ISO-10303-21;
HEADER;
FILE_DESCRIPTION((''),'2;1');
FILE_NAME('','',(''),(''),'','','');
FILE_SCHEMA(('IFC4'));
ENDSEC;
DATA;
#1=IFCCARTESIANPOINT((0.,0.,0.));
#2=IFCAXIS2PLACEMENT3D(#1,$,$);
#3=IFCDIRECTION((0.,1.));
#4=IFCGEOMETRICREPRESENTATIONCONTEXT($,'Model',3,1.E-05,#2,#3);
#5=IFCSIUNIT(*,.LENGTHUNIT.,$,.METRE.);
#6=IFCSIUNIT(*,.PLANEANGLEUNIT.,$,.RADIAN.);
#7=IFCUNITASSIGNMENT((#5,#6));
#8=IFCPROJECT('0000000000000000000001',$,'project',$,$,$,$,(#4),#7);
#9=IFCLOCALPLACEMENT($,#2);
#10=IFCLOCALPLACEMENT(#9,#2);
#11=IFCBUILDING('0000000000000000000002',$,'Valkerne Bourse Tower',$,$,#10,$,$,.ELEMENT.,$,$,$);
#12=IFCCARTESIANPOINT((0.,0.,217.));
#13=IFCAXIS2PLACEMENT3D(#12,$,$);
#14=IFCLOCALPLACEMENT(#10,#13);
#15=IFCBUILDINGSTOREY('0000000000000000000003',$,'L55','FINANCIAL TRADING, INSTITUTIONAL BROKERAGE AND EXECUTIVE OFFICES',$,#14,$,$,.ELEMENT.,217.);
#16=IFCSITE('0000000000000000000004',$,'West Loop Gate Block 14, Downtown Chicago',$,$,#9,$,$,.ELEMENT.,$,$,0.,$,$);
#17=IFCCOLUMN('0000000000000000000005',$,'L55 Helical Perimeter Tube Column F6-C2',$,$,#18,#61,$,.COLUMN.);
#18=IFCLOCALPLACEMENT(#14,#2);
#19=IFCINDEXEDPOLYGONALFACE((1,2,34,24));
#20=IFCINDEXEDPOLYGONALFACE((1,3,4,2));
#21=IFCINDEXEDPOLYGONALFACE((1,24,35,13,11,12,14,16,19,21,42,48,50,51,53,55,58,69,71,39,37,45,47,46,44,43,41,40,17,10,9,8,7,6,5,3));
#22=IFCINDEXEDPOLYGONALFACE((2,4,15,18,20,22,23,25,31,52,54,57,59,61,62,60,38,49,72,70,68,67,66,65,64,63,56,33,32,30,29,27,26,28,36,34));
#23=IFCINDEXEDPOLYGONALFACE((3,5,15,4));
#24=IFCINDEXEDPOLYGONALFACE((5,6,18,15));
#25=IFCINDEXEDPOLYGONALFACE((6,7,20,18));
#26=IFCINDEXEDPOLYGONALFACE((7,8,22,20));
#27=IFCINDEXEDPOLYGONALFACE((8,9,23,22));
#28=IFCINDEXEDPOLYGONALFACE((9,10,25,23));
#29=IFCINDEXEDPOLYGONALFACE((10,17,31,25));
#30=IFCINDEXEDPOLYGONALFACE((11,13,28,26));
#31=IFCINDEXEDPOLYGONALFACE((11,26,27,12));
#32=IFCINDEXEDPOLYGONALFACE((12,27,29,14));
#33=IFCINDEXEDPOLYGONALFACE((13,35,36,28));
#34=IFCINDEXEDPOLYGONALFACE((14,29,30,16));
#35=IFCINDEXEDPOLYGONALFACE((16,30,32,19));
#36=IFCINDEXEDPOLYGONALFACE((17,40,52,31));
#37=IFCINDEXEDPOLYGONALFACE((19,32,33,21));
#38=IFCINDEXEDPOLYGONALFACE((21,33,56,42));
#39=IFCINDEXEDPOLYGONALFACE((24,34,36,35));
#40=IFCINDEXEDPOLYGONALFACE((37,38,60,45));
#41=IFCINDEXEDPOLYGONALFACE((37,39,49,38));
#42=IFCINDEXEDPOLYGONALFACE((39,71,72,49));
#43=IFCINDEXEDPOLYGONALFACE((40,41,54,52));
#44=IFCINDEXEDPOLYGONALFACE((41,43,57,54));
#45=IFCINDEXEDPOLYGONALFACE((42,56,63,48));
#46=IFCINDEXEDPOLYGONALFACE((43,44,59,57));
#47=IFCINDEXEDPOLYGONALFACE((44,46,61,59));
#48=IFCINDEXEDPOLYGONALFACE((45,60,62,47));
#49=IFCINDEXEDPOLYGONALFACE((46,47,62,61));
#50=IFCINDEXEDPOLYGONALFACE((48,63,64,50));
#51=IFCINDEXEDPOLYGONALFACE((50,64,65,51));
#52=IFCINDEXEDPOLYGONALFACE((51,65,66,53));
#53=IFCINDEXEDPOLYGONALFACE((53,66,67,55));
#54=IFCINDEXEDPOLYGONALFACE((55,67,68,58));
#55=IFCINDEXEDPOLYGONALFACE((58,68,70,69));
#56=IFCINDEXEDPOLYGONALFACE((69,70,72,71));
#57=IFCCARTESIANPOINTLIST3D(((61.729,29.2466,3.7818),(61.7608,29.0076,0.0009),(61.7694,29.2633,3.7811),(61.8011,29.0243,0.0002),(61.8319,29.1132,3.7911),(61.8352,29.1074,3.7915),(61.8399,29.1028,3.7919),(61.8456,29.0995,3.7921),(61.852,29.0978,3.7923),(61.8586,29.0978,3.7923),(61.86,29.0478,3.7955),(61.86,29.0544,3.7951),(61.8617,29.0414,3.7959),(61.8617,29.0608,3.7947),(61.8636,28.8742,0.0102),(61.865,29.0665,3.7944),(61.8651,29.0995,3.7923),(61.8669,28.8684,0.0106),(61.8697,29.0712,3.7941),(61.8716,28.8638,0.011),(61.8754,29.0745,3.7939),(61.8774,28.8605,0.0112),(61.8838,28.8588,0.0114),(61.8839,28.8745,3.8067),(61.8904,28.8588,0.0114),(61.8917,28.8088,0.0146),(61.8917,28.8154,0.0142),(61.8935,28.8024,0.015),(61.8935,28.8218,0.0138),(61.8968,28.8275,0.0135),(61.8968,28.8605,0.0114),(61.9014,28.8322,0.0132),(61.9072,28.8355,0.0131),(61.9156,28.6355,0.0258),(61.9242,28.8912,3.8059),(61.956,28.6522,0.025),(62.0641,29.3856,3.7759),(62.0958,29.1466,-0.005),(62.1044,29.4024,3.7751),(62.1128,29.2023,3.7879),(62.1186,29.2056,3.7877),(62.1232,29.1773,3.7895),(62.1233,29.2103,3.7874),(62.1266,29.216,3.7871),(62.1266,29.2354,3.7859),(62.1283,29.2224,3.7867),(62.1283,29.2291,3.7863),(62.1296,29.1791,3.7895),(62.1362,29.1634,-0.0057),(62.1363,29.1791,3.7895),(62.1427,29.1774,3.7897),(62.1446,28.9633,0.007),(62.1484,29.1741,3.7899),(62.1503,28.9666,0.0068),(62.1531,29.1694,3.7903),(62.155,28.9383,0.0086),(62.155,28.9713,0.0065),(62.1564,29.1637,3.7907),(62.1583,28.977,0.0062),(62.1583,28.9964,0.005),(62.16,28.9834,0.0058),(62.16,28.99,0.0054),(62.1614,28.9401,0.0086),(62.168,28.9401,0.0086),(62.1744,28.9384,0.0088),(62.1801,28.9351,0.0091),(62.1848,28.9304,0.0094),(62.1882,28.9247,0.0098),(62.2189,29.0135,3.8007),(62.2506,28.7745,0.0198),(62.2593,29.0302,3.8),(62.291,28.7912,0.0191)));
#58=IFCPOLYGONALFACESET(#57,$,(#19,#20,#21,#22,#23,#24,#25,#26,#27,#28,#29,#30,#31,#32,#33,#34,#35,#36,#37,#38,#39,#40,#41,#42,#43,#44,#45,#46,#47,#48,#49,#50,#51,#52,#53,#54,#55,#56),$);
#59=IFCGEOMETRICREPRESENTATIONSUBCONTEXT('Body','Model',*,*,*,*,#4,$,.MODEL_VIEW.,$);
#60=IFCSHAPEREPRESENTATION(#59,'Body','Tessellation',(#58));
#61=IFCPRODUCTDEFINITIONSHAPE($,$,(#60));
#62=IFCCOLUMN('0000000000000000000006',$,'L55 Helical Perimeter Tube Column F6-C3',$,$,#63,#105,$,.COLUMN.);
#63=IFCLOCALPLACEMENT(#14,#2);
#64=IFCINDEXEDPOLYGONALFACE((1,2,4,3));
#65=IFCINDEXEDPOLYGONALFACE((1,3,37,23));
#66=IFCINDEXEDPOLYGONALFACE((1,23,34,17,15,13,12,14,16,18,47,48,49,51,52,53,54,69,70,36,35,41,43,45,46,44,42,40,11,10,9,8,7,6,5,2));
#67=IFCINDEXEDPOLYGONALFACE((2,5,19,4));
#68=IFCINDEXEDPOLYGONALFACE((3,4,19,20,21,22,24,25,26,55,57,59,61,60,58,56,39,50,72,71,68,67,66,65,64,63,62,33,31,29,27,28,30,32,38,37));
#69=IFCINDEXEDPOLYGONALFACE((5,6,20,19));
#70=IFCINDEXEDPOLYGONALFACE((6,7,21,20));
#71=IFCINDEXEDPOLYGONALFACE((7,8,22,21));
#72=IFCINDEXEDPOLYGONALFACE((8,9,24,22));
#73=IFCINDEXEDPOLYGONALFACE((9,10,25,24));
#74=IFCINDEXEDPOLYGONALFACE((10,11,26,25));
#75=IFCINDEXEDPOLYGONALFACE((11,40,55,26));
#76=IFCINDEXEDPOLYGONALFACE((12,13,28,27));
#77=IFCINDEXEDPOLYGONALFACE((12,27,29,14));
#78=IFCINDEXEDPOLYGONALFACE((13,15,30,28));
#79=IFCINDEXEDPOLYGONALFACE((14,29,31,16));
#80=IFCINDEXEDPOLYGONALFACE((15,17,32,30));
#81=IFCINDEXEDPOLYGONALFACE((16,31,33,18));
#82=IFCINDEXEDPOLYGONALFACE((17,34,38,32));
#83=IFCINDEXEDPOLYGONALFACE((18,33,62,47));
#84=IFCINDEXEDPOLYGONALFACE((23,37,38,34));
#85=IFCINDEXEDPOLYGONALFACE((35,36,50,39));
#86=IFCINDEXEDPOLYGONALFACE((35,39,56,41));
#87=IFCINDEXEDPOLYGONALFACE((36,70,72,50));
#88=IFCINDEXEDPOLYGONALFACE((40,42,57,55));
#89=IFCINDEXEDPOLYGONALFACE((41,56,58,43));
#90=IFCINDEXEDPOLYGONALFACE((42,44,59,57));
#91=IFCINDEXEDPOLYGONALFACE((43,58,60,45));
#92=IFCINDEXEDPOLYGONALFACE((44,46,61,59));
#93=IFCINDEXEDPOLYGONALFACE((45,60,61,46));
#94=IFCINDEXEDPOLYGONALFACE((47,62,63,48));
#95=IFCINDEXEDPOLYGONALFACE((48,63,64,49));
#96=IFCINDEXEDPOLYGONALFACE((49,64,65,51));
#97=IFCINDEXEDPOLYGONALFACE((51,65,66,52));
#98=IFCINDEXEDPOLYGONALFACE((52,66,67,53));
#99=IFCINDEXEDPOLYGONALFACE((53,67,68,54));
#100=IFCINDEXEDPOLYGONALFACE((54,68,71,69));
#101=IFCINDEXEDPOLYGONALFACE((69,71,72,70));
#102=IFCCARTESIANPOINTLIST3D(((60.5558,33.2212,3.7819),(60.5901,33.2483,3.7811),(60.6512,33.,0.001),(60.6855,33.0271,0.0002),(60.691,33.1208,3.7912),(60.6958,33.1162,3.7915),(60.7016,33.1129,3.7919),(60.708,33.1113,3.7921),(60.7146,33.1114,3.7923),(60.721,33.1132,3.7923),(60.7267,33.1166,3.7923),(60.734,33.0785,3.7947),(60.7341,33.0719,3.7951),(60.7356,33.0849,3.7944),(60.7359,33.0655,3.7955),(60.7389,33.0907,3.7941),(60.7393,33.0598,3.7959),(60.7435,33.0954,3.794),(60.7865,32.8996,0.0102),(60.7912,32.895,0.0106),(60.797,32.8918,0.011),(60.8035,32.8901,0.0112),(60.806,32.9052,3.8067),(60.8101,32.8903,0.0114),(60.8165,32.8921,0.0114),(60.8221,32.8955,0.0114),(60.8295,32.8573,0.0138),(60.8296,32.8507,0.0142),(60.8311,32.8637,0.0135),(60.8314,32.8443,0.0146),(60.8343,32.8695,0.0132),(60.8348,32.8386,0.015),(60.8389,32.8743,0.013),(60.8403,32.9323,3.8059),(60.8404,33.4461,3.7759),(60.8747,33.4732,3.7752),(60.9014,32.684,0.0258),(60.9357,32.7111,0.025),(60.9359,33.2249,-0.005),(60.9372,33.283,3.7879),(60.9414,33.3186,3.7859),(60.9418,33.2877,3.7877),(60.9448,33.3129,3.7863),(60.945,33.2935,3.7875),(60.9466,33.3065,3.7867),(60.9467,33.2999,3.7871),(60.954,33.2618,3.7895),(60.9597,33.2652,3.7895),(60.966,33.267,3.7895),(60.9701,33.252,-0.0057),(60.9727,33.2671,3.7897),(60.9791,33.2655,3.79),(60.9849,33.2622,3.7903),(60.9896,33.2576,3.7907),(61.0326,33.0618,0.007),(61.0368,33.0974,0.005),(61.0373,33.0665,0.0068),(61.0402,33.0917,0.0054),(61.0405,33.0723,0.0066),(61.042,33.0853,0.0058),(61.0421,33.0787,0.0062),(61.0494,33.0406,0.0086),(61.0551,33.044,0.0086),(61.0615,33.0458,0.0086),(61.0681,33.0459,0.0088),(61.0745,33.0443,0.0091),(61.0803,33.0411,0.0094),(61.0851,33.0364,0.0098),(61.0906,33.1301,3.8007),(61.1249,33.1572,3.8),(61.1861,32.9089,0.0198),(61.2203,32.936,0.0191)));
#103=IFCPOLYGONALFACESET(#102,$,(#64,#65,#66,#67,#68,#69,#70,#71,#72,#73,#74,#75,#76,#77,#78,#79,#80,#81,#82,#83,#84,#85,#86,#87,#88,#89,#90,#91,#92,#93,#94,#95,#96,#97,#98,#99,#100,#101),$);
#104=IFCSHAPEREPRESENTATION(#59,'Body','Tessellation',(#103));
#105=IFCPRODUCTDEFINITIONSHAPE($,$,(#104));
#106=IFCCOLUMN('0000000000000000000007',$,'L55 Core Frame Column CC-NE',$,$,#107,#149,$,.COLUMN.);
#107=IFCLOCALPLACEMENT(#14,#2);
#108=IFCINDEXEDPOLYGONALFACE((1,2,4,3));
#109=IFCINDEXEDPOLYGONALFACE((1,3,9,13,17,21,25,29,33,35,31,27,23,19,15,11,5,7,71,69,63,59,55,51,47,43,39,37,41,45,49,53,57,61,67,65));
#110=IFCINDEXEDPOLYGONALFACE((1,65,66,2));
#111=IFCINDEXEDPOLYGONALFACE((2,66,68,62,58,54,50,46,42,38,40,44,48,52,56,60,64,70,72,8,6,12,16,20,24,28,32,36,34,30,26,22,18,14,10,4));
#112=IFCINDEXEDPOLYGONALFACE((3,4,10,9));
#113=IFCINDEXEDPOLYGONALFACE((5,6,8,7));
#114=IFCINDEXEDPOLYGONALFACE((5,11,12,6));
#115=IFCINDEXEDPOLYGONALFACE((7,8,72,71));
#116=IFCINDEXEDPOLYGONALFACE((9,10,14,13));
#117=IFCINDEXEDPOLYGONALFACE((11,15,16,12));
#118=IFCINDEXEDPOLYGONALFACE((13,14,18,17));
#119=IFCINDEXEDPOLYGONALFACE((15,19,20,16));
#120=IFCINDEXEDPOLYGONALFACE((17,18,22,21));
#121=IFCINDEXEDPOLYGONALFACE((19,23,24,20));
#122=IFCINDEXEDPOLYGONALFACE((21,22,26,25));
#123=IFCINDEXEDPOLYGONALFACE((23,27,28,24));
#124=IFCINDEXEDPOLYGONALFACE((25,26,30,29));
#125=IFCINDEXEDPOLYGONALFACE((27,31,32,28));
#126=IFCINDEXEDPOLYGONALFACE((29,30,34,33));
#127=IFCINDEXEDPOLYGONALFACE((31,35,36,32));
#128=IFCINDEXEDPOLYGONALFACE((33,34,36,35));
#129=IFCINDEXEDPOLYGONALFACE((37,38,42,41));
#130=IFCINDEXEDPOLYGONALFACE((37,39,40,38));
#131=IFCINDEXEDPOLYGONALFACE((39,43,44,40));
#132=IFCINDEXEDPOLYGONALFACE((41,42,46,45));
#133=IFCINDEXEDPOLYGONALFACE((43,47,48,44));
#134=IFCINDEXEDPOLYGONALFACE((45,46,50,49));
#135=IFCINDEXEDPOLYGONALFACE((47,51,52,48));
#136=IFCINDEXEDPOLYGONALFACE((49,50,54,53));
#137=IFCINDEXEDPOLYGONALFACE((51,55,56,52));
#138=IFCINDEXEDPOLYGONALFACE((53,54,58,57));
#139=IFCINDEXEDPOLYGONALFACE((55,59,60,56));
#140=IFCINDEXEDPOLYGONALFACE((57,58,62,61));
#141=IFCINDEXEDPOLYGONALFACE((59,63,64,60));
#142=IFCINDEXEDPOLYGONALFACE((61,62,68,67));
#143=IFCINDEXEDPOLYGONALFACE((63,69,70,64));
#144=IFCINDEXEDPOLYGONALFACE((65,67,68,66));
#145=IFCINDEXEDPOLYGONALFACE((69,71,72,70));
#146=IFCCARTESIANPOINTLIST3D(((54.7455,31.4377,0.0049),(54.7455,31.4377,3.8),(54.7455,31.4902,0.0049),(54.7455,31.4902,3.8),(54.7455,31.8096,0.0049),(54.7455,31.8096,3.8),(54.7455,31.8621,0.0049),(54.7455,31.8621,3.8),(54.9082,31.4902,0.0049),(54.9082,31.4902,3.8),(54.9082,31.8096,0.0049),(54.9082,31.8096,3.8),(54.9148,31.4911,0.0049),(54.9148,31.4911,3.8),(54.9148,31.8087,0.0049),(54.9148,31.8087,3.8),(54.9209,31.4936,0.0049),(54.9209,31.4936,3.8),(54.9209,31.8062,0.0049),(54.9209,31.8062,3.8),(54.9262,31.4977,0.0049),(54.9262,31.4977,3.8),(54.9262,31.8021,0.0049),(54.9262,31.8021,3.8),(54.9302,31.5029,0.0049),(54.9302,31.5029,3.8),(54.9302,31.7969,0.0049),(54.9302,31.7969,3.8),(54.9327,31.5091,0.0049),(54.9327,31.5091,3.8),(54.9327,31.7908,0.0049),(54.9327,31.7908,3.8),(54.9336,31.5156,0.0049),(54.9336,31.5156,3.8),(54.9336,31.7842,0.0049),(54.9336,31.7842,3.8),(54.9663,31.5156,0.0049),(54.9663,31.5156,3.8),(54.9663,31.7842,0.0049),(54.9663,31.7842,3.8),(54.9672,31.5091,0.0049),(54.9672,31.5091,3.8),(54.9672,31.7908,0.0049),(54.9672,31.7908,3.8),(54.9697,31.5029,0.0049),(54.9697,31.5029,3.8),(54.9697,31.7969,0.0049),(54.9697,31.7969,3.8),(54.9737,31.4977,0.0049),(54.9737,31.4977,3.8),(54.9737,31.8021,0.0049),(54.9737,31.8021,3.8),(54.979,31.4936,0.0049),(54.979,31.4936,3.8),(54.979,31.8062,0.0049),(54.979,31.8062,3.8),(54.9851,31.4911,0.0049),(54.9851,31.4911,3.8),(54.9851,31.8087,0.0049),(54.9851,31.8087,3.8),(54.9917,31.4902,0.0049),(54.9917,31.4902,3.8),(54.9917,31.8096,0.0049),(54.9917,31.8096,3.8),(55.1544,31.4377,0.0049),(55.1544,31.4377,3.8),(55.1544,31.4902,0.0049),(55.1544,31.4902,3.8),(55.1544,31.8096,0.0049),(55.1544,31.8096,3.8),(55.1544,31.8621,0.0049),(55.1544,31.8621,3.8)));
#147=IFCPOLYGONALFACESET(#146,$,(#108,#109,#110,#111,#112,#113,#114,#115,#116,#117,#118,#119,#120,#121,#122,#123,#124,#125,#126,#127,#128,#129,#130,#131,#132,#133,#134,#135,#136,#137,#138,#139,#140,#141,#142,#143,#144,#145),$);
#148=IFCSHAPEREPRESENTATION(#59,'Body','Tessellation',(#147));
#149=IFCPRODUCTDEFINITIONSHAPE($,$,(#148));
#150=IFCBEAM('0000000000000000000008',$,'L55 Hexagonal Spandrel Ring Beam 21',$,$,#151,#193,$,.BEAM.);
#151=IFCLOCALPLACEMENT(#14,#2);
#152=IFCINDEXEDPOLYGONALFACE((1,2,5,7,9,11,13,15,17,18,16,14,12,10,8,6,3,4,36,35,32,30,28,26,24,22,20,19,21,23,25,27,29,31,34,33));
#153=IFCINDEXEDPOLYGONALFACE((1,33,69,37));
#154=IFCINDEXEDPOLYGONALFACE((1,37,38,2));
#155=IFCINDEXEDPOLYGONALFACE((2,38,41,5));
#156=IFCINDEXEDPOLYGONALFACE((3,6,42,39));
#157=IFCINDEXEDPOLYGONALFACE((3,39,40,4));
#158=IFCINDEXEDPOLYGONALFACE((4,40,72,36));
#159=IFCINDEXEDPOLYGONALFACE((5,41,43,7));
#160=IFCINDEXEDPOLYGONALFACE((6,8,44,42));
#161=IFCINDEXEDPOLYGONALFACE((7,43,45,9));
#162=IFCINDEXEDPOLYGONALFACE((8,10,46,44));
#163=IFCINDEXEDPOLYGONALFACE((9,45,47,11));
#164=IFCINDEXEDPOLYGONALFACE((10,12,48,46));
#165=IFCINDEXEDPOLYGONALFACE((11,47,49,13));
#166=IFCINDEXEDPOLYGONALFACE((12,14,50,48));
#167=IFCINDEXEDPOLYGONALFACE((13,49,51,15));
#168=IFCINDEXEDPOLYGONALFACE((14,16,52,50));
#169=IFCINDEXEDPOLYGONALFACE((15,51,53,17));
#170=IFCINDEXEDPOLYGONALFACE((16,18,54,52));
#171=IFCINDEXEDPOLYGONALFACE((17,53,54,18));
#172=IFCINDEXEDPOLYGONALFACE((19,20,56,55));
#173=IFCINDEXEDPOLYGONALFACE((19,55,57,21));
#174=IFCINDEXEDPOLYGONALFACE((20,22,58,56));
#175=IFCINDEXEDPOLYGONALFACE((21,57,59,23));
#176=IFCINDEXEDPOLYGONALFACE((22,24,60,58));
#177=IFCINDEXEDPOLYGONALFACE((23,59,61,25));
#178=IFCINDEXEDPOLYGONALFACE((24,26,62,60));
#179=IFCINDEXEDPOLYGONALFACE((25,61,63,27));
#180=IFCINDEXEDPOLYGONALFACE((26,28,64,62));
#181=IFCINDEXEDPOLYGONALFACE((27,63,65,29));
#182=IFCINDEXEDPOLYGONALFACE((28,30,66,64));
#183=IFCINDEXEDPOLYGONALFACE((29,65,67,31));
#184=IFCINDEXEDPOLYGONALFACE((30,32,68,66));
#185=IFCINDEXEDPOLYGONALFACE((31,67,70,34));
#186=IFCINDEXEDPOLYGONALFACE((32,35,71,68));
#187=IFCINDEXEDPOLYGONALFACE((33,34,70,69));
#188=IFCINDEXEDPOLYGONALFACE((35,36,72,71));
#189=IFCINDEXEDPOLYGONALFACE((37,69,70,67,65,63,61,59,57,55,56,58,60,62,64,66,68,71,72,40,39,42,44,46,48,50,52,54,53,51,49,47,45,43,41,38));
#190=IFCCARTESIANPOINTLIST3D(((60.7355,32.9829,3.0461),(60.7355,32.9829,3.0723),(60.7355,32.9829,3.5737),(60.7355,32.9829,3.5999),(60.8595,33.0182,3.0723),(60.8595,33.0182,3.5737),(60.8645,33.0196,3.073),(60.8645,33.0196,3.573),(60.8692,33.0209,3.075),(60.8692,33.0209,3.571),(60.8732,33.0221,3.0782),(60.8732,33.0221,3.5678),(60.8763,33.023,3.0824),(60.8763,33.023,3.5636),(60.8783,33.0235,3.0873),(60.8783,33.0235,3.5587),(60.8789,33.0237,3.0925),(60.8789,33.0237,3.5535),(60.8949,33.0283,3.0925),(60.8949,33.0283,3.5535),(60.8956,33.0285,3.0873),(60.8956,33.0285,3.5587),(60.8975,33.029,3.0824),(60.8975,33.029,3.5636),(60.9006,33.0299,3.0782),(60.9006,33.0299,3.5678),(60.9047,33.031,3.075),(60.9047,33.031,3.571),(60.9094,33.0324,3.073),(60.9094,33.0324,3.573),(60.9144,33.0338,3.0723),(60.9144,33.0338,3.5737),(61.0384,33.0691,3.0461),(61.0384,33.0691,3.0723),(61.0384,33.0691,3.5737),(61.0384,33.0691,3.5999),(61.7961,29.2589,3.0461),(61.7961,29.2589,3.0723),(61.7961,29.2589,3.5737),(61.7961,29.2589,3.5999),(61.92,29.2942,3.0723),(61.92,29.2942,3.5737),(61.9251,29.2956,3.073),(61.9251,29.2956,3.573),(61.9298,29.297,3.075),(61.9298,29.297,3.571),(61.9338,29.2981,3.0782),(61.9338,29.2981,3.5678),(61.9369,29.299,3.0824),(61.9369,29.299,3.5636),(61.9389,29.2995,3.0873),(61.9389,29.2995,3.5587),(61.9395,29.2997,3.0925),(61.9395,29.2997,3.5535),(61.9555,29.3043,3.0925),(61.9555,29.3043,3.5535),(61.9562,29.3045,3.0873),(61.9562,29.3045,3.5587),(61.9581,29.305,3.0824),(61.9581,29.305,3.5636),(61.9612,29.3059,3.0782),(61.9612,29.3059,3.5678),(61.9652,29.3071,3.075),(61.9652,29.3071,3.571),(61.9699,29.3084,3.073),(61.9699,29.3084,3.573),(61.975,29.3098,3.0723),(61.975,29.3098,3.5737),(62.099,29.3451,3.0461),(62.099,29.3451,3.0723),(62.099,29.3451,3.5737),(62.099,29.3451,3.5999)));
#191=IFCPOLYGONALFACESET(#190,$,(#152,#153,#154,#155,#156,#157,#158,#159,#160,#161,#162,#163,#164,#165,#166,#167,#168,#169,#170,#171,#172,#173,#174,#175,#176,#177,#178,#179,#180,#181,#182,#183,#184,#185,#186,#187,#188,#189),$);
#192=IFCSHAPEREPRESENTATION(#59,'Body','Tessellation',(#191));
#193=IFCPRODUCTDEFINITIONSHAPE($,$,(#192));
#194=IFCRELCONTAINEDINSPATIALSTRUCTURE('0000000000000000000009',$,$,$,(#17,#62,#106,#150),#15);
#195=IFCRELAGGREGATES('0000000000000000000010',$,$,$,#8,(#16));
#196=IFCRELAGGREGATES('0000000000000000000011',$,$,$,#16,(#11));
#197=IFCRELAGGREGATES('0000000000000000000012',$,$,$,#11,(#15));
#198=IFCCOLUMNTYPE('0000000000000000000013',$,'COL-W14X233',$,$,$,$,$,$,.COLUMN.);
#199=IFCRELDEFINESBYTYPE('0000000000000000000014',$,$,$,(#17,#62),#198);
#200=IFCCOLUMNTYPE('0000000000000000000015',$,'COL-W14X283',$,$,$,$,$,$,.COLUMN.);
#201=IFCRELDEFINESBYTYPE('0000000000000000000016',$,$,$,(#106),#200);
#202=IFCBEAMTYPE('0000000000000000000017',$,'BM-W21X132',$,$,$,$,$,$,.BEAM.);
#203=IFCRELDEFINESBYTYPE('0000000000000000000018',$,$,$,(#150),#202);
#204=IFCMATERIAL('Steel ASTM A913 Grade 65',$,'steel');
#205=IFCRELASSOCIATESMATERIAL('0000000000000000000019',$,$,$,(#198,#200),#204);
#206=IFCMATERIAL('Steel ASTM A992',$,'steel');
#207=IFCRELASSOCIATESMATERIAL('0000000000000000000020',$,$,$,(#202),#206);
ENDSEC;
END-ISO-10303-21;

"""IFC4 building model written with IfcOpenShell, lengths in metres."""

from ifc_helpers import new_model, si_unit, direction, frame, origin, origin_2d, place, context, subcontext, project, spatial, i_section, extrude, material, material_profile, profile_set, type_object, element, save


model = new_model("IFC4")

# Units and contexts
model_context = context("Model", 3, precision=1e-05, world=origin(), true_north=direction((0.0, 1.0)))
body_context = subcontext(model_context, "Body", "Model", "MODEL_VIEW")
ifc_project = project(units=[si_unit("LENGTHUNIT", "METRE"), si_unit("PLANEANGLEUNIT", "RADIAN")], contexts=[model_context])

# Site, building, storey
site_placement = place(None, origin())
site = spatial("IfcSite", under=ifc_project, at=site_placement, Name="West Loop Gate Block 14, Downtown Chicago", CompositionType="ELEMENT", RefElevation=0.0)
building_placement = place(site_placement, origin())
building = spatial("IfcBuilding", under=site, at=building_placement, Name="Valkerne Bourse Tower", CompositionType="ELEMENT")
storey_placement = place(building_placement, frame((0.0, 0.0, 217.0)))
storey = spatial("IfcBuildingStorey", under=building, at=storey_placement, Name="L55", Description="FINANCIAL TRADING, INSTITUTIONAL BROKERAGE AND EXECUTIVE OFFICES", CompositionType="ELEMENT", Elevation=217.0)

# Columns
ifc_material_1 = material(Name="Steel ASTM A913 Grade 65", Category="steel")
ifc_material_profile_1 = material_profile(ifc_material_1, i_section(OverallWidth=0.4038, OverallDepth=0.4065, WebThickness=0.0271, FlangeThickness=0.0437, FilletRadius=0.0254, at=origin_2d()), Name="W14X233")
ifc_profile_set_1 = profile_set([ifc_material_profile_1], Name="Steel ASTM A913 Grade 65")
column_type_1 = type_object("IfcColumnType", Name="COL-W14X233", PredefinedType="COLUMN", material=ifc_profile_set_1)
for number, where, z_axis, x_axis, name in (
    (1, (62.0259, 28.8994, 0.01), (-0.008377, 0.063086, 0.997973), (0.383457, -0.921511, 0.061471), "L55 Helical Perimeter Tube Column F6-C2"),
    (2, (60.9358, 32.968, 0.01), (-0.025196, 0.058382, 0.997976), (0.619599, -0.782511, 0.06142), "L55 Helical Perimeter Tube Column F6-C3"),
):
    element("IfcColumn", number, at=place(storey_placement, frame(where, z_axis=z_axis, x_axis=x_axis)), inside=storey, type_object=column_type_1, Name=name, PredefinedType="COLUMN", context=body_context, shape_type="SweptSolid", body=[
        extrude(i_section(OverallWidth=0.4038, OverallDepth=0.4065, WebThickness=0.0271, FlangeThickness=0.0437, FilletRadius=0.0254, at=origin_2d()), origin(), (0.0, 0.0, 1.0), 3.7886),
    ])
ifc_material_profile_2 = material_profile(ifc_material_1, i_section(OverallWidth=0.4089, OverallDepth=0.4243, WebThickness=0.0327, FlangeThickness=0.0525, FilletRadius=0.0254, at=origin_2d()), Name="W14X283")
ifc_profile_set_2 = profile_set([ifc_material_profile_2], Name="Steel ASTM A913 Grade 65")
column_type_2 = type_object("IfcColumnType", Name="COL-W14X283", PredefinedType="COLUMN", material=ifc_profile_set_2)
column_placement = place(storey_placement, frame((54.95, 31.6499, 0.0049), z_axis=(0.0, 0.0, 1.0), x_axis=(1.0, 0.0, 0.0)))
element("IfcColumn", 3, at=column_placement, inside=storey, type_object=column_type_2, Name="L55 Core Frame Column CC-NE", PredefinedType="COLUMN", context=body_context, shape_type="SweptSolid", body=[
    extrude(i_section(OverallWidth=0.4089, OverallDepth=0.4243, WebThickness=0.0327, FlangeThickness=0.0525, FilletRadius=0.0254, at=origin_2d()), origin(), (0.0, 0.0, 1.0), 3.7952),
])

# Beam
ifc_material_2 = material(Name="Steel ASTM A992", Category="steel")
ifc_material_profile_3 = material_profile(ifc_material_2, i_section(OverallWidth=0.3149, OverallDepth=0.5537, WebThickness=0.0166, FlangeThickness=0.0261, FilletRadius=0.0203, at=origin_2d()), Name="W21X132")
ifc_profile_set_3 = profile_set([ifc_material_profile_3], Name="Steel ASTM A992")
beam_type_1 = type_object("IfcBeamType", Name="BM-W21X132", PredefinedType="BEAM", material=ifc_profile_set_3)
beam_1_placement = place(storey_placement, frame((61.9475, 29.302, 3.323), z_axis=(-0.273905, 0.961757, 0.0), x_axis=(-0.961757, -0.273905, 0.0)))
element("IfcBeam", 4, at=beam_1_placement, inside=storey, type_object=beam_type_1, Name="L55 Hexagonal Spandrel Ring Beam 21", PredefinedType="BEAM", context=body_context, shape_type="SweptSolid", body=[
    extrude(i_section(OverallWidth=0.3149, OverallDepth=0.5537, WebThickness=0.0166, FlangeThickness=0.0261, FilletRadius=0.0203, at=origin_2d()), origin(), (0.0, 0.0, 1.0), 3.8721),
])

save(model, "model.ifc")
